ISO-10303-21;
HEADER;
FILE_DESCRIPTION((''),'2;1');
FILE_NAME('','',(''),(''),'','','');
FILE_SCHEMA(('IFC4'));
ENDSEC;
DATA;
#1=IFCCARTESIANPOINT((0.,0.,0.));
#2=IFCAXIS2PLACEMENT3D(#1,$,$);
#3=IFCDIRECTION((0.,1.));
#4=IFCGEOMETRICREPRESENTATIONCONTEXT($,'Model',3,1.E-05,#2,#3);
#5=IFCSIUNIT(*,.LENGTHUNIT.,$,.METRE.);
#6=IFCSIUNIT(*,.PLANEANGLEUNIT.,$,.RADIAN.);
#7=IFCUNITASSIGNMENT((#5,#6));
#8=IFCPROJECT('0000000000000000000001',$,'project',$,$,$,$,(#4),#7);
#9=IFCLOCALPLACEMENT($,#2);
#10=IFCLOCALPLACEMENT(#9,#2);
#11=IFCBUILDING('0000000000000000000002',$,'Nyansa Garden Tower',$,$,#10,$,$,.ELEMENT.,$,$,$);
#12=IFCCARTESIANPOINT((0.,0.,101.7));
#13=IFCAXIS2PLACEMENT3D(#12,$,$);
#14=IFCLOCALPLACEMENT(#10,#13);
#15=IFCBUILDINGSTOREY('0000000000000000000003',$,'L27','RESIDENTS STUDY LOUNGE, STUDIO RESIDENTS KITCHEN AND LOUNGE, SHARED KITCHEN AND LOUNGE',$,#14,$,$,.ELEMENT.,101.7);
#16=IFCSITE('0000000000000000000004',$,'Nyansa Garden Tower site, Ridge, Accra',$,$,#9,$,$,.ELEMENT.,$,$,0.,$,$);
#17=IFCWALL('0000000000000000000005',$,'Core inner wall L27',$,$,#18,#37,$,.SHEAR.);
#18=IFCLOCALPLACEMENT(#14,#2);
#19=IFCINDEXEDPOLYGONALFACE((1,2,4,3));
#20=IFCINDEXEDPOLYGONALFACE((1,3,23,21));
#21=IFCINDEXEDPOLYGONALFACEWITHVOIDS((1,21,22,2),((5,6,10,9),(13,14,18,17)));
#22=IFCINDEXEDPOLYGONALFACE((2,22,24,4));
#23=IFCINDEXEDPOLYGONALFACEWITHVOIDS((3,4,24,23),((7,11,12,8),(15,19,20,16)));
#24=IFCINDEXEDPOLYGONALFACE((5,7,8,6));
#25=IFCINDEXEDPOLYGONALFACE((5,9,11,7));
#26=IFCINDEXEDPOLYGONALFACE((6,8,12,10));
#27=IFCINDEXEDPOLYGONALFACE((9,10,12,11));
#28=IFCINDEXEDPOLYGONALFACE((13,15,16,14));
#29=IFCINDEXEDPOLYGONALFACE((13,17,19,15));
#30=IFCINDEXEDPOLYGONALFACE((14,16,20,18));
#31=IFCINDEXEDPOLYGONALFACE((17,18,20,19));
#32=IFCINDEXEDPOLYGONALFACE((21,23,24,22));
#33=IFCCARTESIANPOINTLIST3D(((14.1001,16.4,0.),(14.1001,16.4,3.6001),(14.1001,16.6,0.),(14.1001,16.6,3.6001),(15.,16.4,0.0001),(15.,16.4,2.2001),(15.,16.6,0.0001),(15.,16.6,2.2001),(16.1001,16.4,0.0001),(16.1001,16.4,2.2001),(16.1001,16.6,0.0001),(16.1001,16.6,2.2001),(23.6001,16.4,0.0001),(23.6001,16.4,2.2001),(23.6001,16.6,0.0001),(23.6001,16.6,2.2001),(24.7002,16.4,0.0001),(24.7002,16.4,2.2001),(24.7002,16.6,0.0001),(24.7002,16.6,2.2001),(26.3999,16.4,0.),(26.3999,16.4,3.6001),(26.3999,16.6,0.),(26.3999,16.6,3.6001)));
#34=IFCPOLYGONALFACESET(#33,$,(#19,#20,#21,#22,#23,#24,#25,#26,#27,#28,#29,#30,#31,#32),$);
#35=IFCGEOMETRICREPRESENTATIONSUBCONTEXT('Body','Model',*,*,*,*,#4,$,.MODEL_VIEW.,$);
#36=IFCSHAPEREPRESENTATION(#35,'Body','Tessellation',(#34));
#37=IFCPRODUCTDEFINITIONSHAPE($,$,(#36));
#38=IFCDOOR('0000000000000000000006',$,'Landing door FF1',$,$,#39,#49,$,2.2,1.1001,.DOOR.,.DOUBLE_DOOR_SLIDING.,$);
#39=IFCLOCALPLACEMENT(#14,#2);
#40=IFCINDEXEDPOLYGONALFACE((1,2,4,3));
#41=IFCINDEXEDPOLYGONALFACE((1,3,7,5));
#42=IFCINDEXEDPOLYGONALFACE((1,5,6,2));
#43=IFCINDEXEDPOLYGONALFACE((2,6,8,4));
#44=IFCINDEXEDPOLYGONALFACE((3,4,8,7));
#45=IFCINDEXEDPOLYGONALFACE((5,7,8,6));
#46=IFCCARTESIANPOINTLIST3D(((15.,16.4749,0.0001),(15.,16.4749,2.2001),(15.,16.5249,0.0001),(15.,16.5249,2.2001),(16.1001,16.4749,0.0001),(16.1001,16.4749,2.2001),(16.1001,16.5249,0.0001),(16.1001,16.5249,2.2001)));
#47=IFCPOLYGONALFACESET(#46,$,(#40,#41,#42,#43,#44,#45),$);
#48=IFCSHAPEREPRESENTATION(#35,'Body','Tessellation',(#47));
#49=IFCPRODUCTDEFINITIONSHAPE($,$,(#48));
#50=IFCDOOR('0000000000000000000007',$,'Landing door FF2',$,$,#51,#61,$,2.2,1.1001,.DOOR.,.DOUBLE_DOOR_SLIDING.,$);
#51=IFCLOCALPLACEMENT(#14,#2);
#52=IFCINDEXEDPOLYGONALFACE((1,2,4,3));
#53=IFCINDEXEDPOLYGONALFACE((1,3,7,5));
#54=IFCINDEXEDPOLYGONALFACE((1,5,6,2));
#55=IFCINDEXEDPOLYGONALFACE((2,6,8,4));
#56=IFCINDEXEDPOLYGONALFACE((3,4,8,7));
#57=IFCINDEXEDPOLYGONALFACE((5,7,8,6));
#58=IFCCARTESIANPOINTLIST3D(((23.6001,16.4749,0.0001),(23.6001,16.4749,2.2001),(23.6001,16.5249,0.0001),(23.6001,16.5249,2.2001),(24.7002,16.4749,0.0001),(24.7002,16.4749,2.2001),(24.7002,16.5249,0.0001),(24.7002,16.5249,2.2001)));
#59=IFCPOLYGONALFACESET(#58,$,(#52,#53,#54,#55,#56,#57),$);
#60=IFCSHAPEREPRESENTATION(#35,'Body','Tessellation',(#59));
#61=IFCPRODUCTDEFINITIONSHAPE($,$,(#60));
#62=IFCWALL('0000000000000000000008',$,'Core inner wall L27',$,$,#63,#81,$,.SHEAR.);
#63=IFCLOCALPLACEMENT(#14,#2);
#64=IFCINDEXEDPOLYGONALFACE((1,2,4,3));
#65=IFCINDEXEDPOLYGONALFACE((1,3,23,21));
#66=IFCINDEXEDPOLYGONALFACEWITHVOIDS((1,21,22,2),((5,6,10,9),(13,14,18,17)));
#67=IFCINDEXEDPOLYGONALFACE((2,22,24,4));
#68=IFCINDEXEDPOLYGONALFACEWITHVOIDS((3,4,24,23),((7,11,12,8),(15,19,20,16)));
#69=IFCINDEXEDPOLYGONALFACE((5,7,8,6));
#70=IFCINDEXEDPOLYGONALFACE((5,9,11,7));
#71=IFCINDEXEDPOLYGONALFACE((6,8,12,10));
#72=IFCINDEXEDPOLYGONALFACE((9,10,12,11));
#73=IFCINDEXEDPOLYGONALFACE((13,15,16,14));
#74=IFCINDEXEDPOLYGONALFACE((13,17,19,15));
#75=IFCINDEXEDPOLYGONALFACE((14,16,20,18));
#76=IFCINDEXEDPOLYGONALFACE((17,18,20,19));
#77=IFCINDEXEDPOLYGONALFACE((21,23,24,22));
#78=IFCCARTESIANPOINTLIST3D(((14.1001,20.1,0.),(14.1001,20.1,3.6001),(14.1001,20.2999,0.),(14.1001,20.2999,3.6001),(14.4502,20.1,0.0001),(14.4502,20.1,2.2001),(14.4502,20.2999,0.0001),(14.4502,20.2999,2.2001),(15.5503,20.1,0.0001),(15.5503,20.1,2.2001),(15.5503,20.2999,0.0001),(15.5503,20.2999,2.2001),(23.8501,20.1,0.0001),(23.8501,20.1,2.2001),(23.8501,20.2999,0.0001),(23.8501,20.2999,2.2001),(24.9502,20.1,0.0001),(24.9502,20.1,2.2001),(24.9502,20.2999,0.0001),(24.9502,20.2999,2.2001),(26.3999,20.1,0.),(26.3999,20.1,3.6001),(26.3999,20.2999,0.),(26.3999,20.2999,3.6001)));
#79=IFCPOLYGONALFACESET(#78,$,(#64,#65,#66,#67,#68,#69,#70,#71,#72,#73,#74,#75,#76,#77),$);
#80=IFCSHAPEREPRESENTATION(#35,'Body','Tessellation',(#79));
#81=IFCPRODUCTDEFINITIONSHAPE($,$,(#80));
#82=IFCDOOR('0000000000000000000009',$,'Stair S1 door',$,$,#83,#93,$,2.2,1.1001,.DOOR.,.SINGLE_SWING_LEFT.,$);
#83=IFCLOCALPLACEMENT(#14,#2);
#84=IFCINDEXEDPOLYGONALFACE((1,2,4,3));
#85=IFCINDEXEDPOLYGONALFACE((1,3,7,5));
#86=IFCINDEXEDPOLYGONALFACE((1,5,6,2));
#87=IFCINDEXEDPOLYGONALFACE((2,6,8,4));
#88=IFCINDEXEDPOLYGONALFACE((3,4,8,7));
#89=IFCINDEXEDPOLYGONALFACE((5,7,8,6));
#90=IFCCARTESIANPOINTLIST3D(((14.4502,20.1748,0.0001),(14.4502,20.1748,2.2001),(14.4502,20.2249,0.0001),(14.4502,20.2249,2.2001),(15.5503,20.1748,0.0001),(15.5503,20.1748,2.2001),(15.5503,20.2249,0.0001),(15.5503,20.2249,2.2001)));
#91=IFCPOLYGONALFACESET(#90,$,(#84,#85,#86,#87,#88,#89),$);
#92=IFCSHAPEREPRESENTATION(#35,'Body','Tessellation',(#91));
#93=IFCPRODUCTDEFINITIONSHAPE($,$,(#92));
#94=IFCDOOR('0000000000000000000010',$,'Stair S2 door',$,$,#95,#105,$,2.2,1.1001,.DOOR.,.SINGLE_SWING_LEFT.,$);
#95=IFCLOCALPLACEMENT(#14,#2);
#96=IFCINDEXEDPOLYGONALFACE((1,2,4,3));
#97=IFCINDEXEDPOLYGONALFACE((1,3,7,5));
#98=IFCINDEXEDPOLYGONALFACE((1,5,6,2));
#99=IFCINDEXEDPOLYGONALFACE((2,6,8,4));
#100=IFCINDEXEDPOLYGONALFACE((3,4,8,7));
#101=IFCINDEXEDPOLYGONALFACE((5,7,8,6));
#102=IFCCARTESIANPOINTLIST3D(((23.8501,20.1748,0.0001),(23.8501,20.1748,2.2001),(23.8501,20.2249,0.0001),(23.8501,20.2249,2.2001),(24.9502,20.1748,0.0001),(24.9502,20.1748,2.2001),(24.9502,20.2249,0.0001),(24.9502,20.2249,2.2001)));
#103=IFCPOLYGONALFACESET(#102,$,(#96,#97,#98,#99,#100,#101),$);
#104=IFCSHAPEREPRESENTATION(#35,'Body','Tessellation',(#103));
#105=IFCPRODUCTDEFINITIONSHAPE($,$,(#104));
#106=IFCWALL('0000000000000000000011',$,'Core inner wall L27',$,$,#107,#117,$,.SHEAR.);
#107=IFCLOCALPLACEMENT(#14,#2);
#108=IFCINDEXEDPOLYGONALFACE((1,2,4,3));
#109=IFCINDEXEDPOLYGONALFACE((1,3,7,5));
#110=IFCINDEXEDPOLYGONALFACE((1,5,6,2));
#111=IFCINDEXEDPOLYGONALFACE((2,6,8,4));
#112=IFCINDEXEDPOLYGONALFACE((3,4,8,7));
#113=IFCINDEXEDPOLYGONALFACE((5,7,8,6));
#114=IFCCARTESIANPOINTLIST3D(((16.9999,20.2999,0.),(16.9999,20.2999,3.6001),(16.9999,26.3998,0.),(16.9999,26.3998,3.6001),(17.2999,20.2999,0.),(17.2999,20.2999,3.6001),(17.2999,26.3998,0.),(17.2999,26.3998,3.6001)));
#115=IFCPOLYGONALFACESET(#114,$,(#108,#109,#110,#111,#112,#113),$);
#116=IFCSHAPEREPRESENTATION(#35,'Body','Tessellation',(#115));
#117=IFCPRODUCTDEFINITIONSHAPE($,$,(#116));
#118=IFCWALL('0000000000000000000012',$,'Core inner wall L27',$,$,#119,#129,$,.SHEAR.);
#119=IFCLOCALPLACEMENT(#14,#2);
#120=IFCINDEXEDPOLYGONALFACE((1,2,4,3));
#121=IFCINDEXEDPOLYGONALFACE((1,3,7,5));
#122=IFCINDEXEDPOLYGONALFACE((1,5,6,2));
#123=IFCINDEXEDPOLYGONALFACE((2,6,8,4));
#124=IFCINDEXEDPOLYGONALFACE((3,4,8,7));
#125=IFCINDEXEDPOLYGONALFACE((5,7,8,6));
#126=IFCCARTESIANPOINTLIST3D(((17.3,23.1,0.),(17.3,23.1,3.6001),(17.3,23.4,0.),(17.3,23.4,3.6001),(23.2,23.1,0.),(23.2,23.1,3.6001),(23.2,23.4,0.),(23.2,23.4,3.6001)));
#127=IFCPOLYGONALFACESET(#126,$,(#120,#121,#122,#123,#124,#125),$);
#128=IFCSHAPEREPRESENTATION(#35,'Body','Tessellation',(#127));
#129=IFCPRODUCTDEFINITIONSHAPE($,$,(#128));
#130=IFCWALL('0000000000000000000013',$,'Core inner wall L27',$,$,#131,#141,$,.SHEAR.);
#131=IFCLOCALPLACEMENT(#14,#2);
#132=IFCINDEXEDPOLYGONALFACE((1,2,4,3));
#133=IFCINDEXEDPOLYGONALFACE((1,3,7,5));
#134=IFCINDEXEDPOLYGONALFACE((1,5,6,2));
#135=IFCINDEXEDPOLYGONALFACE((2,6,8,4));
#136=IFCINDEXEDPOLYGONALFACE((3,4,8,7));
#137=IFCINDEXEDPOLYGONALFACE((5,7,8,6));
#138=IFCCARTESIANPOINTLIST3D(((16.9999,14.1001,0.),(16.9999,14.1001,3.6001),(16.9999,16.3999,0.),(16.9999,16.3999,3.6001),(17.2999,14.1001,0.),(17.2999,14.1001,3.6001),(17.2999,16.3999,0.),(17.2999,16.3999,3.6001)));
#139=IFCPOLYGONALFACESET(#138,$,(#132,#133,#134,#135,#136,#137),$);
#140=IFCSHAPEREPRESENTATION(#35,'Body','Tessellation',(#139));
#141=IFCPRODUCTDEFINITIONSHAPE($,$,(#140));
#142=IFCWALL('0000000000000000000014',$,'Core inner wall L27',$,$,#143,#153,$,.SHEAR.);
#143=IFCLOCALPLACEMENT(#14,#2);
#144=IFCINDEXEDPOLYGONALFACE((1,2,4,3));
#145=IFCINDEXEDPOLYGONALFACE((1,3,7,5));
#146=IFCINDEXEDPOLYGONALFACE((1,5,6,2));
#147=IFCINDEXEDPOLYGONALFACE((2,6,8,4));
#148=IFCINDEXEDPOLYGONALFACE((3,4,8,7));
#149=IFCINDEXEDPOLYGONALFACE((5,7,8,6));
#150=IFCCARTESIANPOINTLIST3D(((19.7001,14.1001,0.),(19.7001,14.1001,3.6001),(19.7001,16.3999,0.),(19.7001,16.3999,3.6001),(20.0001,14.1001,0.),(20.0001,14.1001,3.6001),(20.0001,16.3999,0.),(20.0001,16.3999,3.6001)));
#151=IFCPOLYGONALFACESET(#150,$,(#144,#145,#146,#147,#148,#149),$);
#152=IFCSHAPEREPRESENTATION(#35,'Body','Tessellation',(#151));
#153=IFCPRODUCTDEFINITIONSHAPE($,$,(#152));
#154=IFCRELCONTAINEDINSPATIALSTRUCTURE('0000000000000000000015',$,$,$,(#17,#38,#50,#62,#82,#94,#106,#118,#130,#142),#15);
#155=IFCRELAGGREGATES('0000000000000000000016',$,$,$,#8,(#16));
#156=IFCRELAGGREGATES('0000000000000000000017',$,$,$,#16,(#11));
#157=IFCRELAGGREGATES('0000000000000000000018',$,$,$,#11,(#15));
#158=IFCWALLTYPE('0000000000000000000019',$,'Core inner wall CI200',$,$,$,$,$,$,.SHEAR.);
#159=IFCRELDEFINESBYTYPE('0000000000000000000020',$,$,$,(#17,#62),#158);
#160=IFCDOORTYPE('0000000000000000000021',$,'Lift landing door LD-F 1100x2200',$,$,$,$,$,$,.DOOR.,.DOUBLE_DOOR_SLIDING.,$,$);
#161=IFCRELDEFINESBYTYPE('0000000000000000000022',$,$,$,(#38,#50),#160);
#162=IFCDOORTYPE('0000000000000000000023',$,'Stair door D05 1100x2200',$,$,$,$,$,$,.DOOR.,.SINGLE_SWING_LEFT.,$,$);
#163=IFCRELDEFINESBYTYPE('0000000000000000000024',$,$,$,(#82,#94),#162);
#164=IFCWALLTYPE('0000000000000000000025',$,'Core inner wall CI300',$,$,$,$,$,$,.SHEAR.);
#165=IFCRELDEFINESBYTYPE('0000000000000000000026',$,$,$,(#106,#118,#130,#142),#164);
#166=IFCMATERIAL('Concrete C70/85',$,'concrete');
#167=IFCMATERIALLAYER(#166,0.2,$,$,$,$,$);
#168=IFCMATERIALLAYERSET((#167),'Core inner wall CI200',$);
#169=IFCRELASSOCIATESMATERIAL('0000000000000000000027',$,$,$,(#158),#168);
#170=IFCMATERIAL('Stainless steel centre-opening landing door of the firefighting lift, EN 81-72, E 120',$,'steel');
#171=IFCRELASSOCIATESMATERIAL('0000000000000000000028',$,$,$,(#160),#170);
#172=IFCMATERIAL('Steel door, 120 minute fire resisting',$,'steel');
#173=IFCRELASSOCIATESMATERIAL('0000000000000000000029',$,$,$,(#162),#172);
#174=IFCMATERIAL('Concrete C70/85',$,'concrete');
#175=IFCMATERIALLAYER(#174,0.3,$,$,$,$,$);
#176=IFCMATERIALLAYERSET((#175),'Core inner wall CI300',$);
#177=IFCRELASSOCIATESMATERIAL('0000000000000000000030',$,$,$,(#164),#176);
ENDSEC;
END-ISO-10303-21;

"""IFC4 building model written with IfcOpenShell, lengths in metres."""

from ifc_helpers import new_model, si_unit, direction, frame, frame_2d, origin, place, context, subcontext, project, spatial, rectangle, extrude, material, layer, layer_set, type_object, element, fill, save


model = new_model("IFC4")

# Units and contexts
model_context = context("Model", 3, precision=1e-05, world=origin(), true_north=direction((0.0, 1.0)))
body_context = subcontext(model_context, "Body", "Model", "MODEL_VIEW")
ifc_project = project(units=[si_unit("LENGTHUNIT", "METRE"), si_unit("PLANEANGLEUNIT", "RADIAN")], contexts=[model_context])

# Site, building, storey
site_placement = place(None, origin())
site = spatial("IfcSite", under=ifc_project, at=site_placement, Name="Nyansa Garden Tower site, Ridge, Accra", CompositionType="ELEMENT", RefElevation=0.0)
building_placement = place(site_placement, origin())
building = spatial("IfcBuilding", under=site, at=building_placement, Name="Nyansa Garden Tower", CompositionType="ELEMENT")
storey_placement = place(building_placement, frame((0.0, 0.0, 101.7)))
storey = spatial("IfcBuildingStorey", under=building, at=storey_placement, Name="L27", Description="RESIDENTS STUDY LOUNGE, STUDIO RESIDENTS KITCHEN AND LOUNGE, SHARED KITCHEN AND LOUNGE", CompositionType="ELEMENT", Elevation=101.7)

# Walls, openings, doors
ifc_material_1 = material(Name="Concrete C70/85", Category="concrete")
ifc_layer_1 = layer(ifc_material_1, 0.2)
ifc_layer_set_1 = layer_set([ifc_layer_1], Name="Core inner wall CI200")
wall_type_1 = type_object("IfcWallType", Name="Core inner wall CI200", PredefinedType="SHEAR", material=ifc_layer_set_1)
wall_1_placement = place(storey_placement, frame((14.1001, 16.5, 0.0), z_axis=(0.0, 0.0, 1.0), x_axis=(1.0, 0.0, 0.0)))
wall_1 = element("IfcWall", 1, at=wall_1_placement, inside=storey, type_object=wall_type_1, Name="Core inner wall L27", PredefinedType="SHEAR", context=body_context, shape_type="SweptSolid", body=[
    extrude(rectangle(XDim=12.2998, YDim=0.2, at=frame_2d((6.1499, 0.0))), origin(), (0.0, 0.0, 1.0), 3.6001),
])
opening_1_placement = place(wall_1_placement, frame((0.8999, 0.0, 0.0)))
opening_1 = element("IfcOpeningElement", 2, at=opening_1_placement, cuts=wall_1, PredefinedType="OPENING", context=body_context, shape_type="SweptSolid", body=[
    extrude(rectangle(XDim=1.1001, YDim=2.2, at=frame_2d((0.55, 1.1001))), frame((0.0, 0.1099, 0.0), z_axis=(0.0, -1.0, 0.0), x_axis=(1.0, 0.0, 0.0)), (0.0, 0.0, 1.0), 0.22),
])
opening_2_placement = place(wall_1_placement, frame((9.5, 0.0, 0.0)))
opening_2 = element("IfcOpeningElement", 3, at=opening_2_placement, cuts=wall_1, PredefinedType="OPENING", context=body_context, shape_type="SweptSolid", body=[
    extrude(rectangle(XDim=1.1001, YDim=2.2, at=frame_2d((0.55, 1.1001))), frame((0.0, 0.1099, 0.0), z_axis=(0.0, -1.0, 0.0), x_axis=(1.0, 0.0, 0.0)), (0.0, 0.0, 1.0), 0.22),
])
ifc_material_2 = material(Name="Stainless steel centre-opening landing door of the firefighting lift, EN 81-72, E 120", Category="steel")
door_type_1 = type_object("IfcDoorType", Name="Lift landing door LD-F 1100x2200", OperationType="DOUBLE_DOOR_SLIDING", PredefinedType="DOOR", material=ifc_material_2)
door_1_placement = place(opening_1_placement, origin())
door_1 = element("IfcDoor", 4, at=door_1_placement, inside=storey, type_object=door_type_1, Name="Landing door FF1", OperationType="DOUBLE_DOOR_SLIDING", OverallHeight=2.2, OverallWidth=1.1001, PredefinedType="DOOR", context=body_context, shape_type="SweptSolid", body=[
    extrude(rectangle(XDim=1.1001, YDim=2.2, at=frame_2d((0.55, 1.1001))), frame((0.0, 0.0249, 0.0), z_axis=(0.0, -1.0, 0.0), x_axis=(1.0, 0.0, 0.0)), (0.0, 0.0, 1.0), 0.05),
])
fill(opening_1, door_1)
door_2_placement = place(opening_2_placement, origin())
door_2 = element("IfcDoor", 5, at=door_2_placement, inside=storey, type_object=door_type_1, Name="Landing door FF2", OperationType="DOUBLE_DOOR_SLIDING", OverallHeight=2.2, OverallWidth=1.1001, PredefinedType="DOOR", context=body_context, shape_type="SweptSolid", body=[
    extrude(rectangle(XDim=1.1001, YDim=2.2, at=frame_2d((0.55, 1.1001))), frame((0.0, 0.0249, 0.0), z_axis=(0.0, -1.0, 0.0), x_axis=(1.0, 0.0, 0.0)), (0.0, 0.0, 1.0), 0.05),
])
fill(opening_2, door_2)
wall_2_placement = place(storey_placement, frame((14.1001, 20.2, 0.0), z_axis=(0.0, 0.0, 1.0), x_axis=(1.0, 0.0, 0.0)))
wall_2 = element("IfcWall", 6, at=wall_2_placement, inside=storey, type_object=wall_type_1, Name="Core inner wall L27", PredefinedType="SHEAR", context=body_context, shape_type="SweptSolid", body=[
    extrude(rectangle(XDim=12.2998, YDim=0.2, at=frame_2d((6.1499, 0.0))), origin(), (0.0, 0.0, 1.0), 3.6001),
])
opening_3_placement = place(wall_2_placement, frame((0.3501, 0.0, 0.0)))
opening_3 = element("IfcOpeningElement", 7, at=opening_3_placement, cuts=wall_2, PredefinedType="OPENING", context=body_context, shape_type="SweptSolid", body=[
    extrude(rectangle(XDim=1.1001, YDim=2.2, at=frame_2d((0.55, 1.1001))), frame((0.0, 0.1099, 0.0), z_axis=(0.0, -1.0, 0.0), x_axis=(1.0, 0.0, 0.0)), (0.0, 0.0, 1.0), 0.22),
])
opening_4_placement = place(wall_2_placement, frame((9.75, 0.0, 0.0)))
opening_4 = element("IfcOpeningElement", 8, at=opening_4_placement, cuts=wall_2, PredefinedType="OPENING", context=body_context, shape_type="SweptSolid", body=[
    extrude(rectangle(XDim=1.1001, YDim=2.2, at=frame_2d((0.55, 1.1001))), frame((0.0, 0.1099, 0.0), z_axis=(0.0, -1.0, 0.0), x_axis=(1.0, 0.0, 0.0)), (0.0, 0.0, 1.0), 0.22),
])
ifc_material_3 = material(Name="Steel door, 120 minute fire resisting", Category="steel")
door_type_2 = type_object("IfcDoorType", Name="Stair door D05 1100x2200", OperationType="SINGLE_SWING_LEFT", PredefinedType="DOOR", material=ifc_material_3)
door_3_placement = place(opening_3_placement, origin())
door_3 = element("IfcDoor", 9, at=door_3_placement, inside=storey, type_object=door_type_2, Name="Stair S1 door", OperationType="SINGLE_SWING_LEFT", OverallHeight=2.2, OverallWidth=1.1001, PredefinedType="DOOR", context=body_context, shape_type="SweptSolid", body=[
    extrude(rectangle(XDim=1.1001, YDim=2.2, at=frame_2d((0.55, 1.1001))), frame((0.0, 0.0249, 0.0), z_axis=(0.0, -1.0, 0.0), x_axis=(1.0, 0.0, 0.0)), (0.0, 0.0, 1.0), 0.05),
])
fill(opening_3, door_3)
door_4_placement = place(opening_4_placement, origin())
door_4 = element("IfcDoor", 10, at=door_4_placement, inside=storey, type_object=door_type_2, Name="Stair S2 door", OperationType="SINGLE_SWING_LEFT", OverallHeight=2.2, OverallWidth=1.1001, PredefinedType="DOOR", context=body_context, shape_type="SweptSolid", body=[
    extrude(rectangle(XDim=1.1001, YDim=2.2, at=frame_2d((0.55, 1.1001))), frame((0.0, 0.0249, 0.0), z_axis=(0.0, -1.0, 0.0), x_axis=(1.0, 0.0, 0.0)), (0.0, 0.0, 1.0), 0.05),
])
fill(opening_4, door_4)

# Walls
ifc_material_4 = material(Name="Concrete C70/85", Category="concrete")
ifc_layer_2 = layer(ifc_material_4, 0.3)
ifc_layer_set_2 = layer_set([ifc_layer_2], Name="Core inner wall CI300")
wall_type_2 = type_object("IfcWallType", Name="Core inner wall CI300", PredefinedType="SHEAR", material=ifc_layer_set_2)
wall_3_placement = place(storey_placement, frame((17.1499, 20.3, 0.0), z_axis=(0.0, 0.0, 1.0), x_axis=(0.0, 1.0, 0.0)))
element("IfcWall", 11, at=wall_3_placement, inside=storey, type_object=wall_type_2, Name="Core inner wall L27", PredefinedType="SHEAR", context=body_context, shape_type="SweptSolid", body=[
    extrude(rectangle(XDim=6.0999, YDim=0.3, at=frame_2d((3.0498, 0.0))), origin(), (0.0, 0.0, 1.0), 3.6001),
])
wall_4_placement = place(storey_placement, frame((17.3, 23.25, 0.0), z_axis=(0.0, 0.0, 1.0), x_axis=(1.0, 0.0, 0.0)))
element("IfcWall", 12, at=wall_4_placement, inside=storey, type_object=wall_type_2, Name="Core inner wall L27", PredefinedType="SHEAR", context=body_context, shape_type="SweptSolid", body=[
    extrude(rectangle(XDim=5.8999, YDim=0.3, at=frame_2d((2.95, 0.0))), origin(), (0.0, 0.0, 1.0), 3.6001),
])
for number, where, z_axis, x_axis, name in (
    (13, (17.1499, 14.1001, 0.0), (0.0, 0.0, 1.0), (0.0, 1.0, 0.0), "Core inner wall L27"),
    (14, (19.8501, 14.1001, 0.0), (0.0, 0.0, 1.0), (0.0, 1.0, 0.0), "Core inner wall L27"),
):
    element("IfcWall", number, at=place(storey_placement, frame(where, z_axis=z_axis, x_axis=x_axis)), inside=storey, type_object=wall_type_2, Name=name, PredefinedType="SHEAR", context=body_context, shape_type="SweptSolid", body=[
        extrude(rectangle(XDim=2.2998, YDim=0.3, at=frame_2d((1.1499, 0.0))), origin(), (0.0, 0.0, 1.0), 3.6001),
    ])

save(model, "model.ifc")
